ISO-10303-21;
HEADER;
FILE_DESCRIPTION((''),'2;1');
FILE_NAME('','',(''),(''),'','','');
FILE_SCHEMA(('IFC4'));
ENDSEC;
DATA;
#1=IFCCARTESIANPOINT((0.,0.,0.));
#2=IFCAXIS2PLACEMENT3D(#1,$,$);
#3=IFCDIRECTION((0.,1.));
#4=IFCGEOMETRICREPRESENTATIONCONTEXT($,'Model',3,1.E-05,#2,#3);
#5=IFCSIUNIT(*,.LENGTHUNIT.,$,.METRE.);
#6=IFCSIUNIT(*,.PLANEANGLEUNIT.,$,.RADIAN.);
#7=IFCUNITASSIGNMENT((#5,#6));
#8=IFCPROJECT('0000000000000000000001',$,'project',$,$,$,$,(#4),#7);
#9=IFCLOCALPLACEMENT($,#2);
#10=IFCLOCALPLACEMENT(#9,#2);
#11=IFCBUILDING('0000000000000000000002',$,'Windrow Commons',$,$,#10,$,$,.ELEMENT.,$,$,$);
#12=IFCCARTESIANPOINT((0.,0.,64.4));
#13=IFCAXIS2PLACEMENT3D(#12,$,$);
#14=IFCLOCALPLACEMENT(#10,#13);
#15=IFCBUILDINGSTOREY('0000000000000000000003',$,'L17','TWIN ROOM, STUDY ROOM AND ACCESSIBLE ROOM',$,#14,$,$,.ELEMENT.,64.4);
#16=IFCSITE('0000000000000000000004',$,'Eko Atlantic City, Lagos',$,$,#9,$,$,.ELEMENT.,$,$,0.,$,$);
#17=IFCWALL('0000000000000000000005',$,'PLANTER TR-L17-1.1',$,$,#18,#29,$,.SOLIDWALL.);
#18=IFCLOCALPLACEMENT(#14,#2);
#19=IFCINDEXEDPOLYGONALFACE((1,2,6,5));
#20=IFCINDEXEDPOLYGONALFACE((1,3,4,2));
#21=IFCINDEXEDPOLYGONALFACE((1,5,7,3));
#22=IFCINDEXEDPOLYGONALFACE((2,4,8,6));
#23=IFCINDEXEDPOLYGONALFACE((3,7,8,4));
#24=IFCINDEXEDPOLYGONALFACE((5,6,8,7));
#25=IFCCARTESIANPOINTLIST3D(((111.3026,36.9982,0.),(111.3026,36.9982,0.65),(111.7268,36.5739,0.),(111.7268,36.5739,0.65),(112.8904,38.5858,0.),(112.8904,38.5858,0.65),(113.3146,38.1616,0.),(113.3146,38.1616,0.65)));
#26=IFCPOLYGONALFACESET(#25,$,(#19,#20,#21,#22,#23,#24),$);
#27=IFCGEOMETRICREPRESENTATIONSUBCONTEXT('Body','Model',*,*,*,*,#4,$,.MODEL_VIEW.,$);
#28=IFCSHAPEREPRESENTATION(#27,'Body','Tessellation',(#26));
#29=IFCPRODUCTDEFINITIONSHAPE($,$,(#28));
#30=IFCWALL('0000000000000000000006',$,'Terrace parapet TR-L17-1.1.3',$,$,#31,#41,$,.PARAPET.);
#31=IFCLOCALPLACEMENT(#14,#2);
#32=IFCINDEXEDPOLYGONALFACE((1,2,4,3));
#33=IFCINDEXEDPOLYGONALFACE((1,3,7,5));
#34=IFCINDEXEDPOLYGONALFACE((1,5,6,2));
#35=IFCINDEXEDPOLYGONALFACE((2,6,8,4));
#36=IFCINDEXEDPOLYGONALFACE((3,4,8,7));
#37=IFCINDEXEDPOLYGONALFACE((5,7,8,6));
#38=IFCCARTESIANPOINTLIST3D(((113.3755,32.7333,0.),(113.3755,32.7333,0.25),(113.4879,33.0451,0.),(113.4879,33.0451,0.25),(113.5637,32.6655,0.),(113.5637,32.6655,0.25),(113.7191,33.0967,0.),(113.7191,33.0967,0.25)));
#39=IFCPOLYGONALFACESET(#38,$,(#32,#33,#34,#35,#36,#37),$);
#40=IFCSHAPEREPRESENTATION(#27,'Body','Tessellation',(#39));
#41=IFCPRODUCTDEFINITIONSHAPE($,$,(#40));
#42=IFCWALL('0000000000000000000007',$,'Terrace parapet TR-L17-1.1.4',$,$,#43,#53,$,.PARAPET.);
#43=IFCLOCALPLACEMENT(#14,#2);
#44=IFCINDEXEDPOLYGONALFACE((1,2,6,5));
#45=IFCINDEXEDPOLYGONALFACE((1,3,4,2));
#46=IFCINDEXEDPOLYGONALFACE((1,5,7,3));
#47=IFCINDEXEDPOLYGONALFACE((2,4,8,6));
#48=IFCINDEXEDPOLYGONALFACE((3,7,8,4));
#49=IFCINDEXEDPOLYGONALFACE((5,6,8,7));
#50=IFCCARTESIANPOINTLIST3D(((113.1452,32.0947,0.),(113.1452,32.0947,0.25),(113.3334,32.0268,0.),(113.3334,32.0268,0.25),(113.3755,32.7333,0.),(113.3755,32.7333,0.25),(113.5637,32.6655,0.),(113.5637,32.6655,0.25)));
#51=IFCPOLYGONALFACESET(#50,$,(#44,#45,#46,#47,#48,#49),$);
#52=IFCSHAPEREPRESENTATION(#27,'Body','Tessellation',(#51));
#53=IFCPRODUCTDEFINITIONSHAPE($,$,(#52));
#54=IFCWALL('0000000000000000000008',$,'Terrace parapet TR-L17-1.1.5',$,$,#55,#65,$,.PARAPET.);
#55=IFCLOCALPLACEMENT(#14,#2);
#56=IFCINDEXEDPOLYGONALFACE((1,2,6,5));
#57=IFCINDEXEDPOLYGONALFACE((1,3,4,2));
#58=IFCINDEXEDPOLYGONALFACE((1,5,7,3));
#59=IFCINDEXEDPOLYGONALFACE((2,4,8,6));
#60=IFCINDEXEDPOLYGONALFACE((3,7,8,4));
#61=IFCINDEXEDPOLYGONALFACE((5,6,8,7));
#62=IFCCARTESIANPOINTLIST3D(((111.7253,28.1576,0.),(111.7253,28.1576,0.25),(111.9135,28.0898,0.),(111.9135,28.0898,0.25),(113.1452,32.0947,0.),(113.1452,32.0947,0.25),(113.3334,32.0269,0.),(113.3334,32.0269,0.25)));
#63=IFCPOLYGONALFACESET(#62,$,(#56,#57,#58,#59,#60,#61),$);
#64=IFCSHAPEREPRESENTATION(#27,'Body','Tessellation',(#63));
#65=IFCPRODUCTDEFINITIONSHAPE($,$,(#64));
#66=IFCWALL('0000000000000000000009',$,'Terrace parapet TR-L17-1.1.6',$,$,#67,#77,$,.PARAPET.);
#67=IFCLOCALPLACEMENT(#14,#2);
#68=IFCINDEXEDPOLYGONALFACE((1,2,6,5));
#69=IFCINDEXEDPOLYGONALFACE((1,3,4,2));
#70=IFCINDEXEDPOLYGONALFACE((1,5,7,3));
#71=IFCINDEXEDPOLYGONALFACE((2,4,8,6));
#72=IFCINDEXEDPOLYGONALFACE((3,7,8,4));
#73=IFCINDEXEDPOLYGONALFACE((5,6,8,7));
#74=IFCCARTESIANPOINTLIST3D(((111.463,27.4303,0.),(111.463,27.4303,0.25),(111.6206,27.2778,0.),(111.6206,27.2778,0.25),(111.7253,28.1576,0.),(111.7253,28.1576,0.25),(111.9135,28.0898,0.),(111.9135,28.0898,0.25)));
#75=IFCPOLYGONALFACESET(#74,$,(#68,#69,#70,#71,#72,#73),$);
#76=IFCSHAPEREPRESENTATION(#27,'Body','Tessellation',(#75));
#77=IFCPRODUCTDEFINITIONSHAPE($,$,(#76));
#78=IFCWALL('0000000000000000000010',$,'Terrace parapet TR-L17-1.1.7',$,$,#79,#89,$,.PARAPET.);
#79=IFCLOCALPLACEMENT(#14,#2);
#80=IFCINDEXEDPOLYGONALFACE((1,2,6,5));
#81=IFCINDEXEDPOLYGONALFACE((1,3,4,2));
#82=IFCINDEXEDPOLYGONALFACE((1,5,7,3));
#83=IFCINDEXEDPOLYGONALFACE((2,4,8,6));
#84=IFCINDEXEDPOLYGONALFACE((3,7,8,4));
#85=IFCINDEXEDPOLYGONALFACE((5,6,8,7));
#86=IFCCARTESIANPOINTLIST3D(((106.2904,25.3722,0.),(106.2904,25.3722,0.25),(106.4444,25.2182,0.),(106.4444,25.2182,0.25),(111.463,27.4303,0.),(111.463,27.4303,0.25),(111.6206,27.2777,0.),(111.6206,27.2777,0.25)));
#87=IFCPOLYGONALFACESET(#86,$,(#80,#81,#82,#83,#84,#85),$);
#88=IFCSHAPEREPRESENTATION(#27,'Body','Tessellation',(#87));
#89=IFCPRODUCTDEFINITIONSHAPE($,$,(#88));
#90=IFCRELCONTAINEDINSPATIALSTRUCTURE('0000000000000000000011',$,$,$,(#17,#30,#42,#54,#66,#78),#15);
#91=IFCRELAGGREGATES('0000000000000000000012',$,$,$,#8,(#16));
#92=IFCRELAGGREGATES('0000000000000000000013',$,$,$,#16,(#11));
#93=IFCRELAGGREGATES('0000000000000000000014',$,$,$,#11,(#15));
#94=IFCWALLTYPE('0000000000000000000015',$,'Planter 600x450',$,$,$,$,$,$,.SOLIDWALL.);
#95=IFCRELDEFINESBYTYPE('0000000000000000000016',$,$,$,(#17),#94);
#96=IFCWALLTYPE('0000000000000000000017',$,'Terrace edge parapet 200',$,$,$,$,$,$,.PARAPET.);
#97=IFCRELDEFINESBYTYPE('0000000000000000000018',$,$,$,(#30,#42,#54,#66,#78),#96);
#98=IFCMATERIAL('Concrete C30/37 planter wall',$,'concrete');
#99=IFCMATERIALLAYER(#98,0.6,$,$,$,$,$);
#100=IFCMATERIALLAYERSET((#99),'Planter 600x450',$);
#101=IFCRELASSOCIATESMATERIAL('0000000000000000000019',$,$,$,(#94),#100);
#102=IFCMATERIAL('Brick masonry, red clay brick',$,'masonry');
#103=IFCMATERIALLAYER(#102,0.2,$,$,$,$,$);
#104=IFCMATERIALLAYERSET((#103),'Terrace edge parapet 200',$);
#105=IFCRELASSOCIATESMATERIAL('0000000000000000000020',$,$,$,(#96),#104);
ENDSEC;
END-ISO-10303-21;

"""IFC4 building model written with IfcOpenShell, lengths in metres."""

from ifc_helpers import new_model, si_unit, direction, frame, origin, place, context, subcontext, project, spatial, polyline, outline, extrude, material, layer, layer_set, type_object, element, save


model = new_model("IFC4")

# Units and contexts
model_context = context("Model", 3, precision=1e-05, world=origin(), true_north=direction((0.0, 1.0)))
body_context = subcontext(model_context, "Body", "Model", "MODEL_VIEW")
ifc_project = project(units=[si_unit("LENGTHUNIT", "METRE"), si_unit("PLANEANGLEUNIT", "RADIAN")], contexts=[model_context])

# Site, building, storey
site_placement = place(None, origin())
site = spatial("IfcSite", under=ifc_project, at=site_placement, Name="Eko Atlantic City, Lagos", CompositionType="ELEMENT", RefElevation=0.0)
building_placement = place(site_placement, origin())
building = spatial("IfcBuilding", under=site, at=building_placement, Name="Windrow Commons", CompositionType="ELEMENT")
storey_placement = place(building_placement, frame((0.0, 0.0, 64.4)))
storey = spatial("IfcBuildingStorey", under=building, at=storey_placement, Name="L17", Description="TWIN ROOM, STUDY ROOM AND ACCESSIBLE ROOM", CompositionType="ELEMENT", Elevation=64.4)

# Walls
ifc_material_1 = material(Name="Concrete C30/37 planter wall", Category="concrete")
ifc_layer_1 = layer(ifc_material_1, 0.6)
ifc_layer_set_1 = layer_set([ifc_layer_1], Name="Planter 600x450")
wall_type_1 = type_object("IfcWallType", Name="Planter 600x450", PredefinedType="SOLIDWALL", material=ifc_layer_set_1)
wall_1_placement = place(storey_placement, frame((113.1025, 38.3737, 0.0), z_axis=(0.0, 0.0, 1.0), x_axis=(-0.707129, -0.707085, 0.0)))
element("IfcWall", 1, at=wall_1_placement, inside=storey, type_object=wall_type_1, Name="PLANTER TR-L17-1.1", PredefinedType="SOLIDWALL", context=body_context, shape_type="SweptSolid", body=[
    extrude(outline(polyline([(0.0, -0.3), (2.2454, -0.3), (2.2454, 0.3), (0.0, 0.3), (0.0, -0.3)])), origin(), (0.0, 0.0, 1.0), 0.65),
])
ifc_material_2 = material(Name="Brick masonry, red clay brick", Category="masonry")
ifc_layer_2 = layer(ifc_material_2, 0.2)
ifc_layer_set_2 = layer_set([ifc_layer_2], Name="Terrace edge parapet 200")
wall_type_2 = type_object("IfcWallType", Name="Terrace edge parapet 200", PredefinedType="PARAPET", material=ifc_layer_set_2)
wall_2_placement = place(storey_placement, frame((113.6035, 33.0709, 0.0), z_axis=(0.0, 0.0, 1.0), x_axis=(-0.339078, -0.940758, 0.0)))
element("IfcWall", 2, at=wall_2_placement, inside=storey, type_object=wall_type_2, Name="Terrace parapet TR-L17-1.1.3", PredefinedType="PARAPET", context=body_context, shape_type="SweptSolid", body=[
    extrude(outline(polyline([(0.0635, -0.1), (0.3949, -0.1), (0.3949, 0.1), (-0.0635, 0.1), (0.0635, -0.1)])), origin(), (0.0, 0.0, 1.0), 0.25),
])
wall_3_placement = place(storey_placement, frame((113.4696, 32.6994, 0.0), z_axis=(0.0, 0.0, 1.0), x_axis=(-0.339246, -0.940698, 0.0)))
element("IfcWall", 3, at=wall_3_placement, inside=storey, type_object=wall_type_2, Name="Terrace parapet TR-L17-1.1.4", PredefinedType="PARAPET", context=body_context, shape_type="SweptSolid", body=[
    extrude(outline(polyline([(0.0, -0.1), (0.6789, -0.1), (0.6789, 0.1), (0.0, 0.1), (0.0, -0.1)])), origin(), (0.0, 0.0, 1.0), 0.25),
])
wall_4_placement = place(storey_placement, frame((113.2393, 32.0608, 0.0), z_axis=(0.0, 0.0, 1.0), x_axis=(-0.339258, -0.940694, 0.0)))
element("IfcWall", 4, at=wall_4_placement, inside=storey, type_object=wall_type_2, Name="Terrace parapet TR-L17-1.1.5", PredefinedType="PARAPET", context=body_context, shape_type="SweptSolid", body=[
    extrude(outline(polyline([(0.0, -0.1), (4.1853, -0.1), (4.1853, 0.1), (0.0, 0.1), (0.0, -0.1)])), origin(), (0.0, 0.0, 1.0), 0.25),
])
wall_5_placement = place(storey_placement, frame((111.8194, 28.1237, 0.0), z_axis=(0.0, 0.0, 1.0), x_axis=(-0.339269, -0.940689, 0.0)))
element("IfcWall", 5, at=wall_5_placement, inside=storey, type_object=wall_type_2, Name="Terrace parapet TR-L17-1.1.6", PredefinedType="PARAPET", context=body_context, shape_type="SweptSolid", body=[
    extrude(outline(polyline([(0.0, -0.1), (0.7732, -0.1), (0.8632, 0.1), (0.0, 0.1), (0.0, -0.1)])), origin(), (0.0, 0.0, 1.0), 0.25),
])
wall_6_placement = place(storey_placement, frame((111.5418, 27.354, 0.0), z_axis=(0.0, 0.0, 1.0), x_axis=(-0.929154, -0.369693, 0.0)))
element("IfcWall", 6, at=wall_6_placement, inside=storey, type_object=wall_type_2, Name="Terrace parapet TR-L17-1.1.7", PredefinedType="PARAPET", context=body_context, shape_type="SweptSolid", body=[
    extrude(outline(polyline([(0.045, -0.1), (5.612, -0.1), (5.5259, 0.1), (-0.045, 0.1), (0.045, -0.1)])), origin(), (0.0, 0.0, 1.0), 0.25),
])

save(model, "model.ifc")
